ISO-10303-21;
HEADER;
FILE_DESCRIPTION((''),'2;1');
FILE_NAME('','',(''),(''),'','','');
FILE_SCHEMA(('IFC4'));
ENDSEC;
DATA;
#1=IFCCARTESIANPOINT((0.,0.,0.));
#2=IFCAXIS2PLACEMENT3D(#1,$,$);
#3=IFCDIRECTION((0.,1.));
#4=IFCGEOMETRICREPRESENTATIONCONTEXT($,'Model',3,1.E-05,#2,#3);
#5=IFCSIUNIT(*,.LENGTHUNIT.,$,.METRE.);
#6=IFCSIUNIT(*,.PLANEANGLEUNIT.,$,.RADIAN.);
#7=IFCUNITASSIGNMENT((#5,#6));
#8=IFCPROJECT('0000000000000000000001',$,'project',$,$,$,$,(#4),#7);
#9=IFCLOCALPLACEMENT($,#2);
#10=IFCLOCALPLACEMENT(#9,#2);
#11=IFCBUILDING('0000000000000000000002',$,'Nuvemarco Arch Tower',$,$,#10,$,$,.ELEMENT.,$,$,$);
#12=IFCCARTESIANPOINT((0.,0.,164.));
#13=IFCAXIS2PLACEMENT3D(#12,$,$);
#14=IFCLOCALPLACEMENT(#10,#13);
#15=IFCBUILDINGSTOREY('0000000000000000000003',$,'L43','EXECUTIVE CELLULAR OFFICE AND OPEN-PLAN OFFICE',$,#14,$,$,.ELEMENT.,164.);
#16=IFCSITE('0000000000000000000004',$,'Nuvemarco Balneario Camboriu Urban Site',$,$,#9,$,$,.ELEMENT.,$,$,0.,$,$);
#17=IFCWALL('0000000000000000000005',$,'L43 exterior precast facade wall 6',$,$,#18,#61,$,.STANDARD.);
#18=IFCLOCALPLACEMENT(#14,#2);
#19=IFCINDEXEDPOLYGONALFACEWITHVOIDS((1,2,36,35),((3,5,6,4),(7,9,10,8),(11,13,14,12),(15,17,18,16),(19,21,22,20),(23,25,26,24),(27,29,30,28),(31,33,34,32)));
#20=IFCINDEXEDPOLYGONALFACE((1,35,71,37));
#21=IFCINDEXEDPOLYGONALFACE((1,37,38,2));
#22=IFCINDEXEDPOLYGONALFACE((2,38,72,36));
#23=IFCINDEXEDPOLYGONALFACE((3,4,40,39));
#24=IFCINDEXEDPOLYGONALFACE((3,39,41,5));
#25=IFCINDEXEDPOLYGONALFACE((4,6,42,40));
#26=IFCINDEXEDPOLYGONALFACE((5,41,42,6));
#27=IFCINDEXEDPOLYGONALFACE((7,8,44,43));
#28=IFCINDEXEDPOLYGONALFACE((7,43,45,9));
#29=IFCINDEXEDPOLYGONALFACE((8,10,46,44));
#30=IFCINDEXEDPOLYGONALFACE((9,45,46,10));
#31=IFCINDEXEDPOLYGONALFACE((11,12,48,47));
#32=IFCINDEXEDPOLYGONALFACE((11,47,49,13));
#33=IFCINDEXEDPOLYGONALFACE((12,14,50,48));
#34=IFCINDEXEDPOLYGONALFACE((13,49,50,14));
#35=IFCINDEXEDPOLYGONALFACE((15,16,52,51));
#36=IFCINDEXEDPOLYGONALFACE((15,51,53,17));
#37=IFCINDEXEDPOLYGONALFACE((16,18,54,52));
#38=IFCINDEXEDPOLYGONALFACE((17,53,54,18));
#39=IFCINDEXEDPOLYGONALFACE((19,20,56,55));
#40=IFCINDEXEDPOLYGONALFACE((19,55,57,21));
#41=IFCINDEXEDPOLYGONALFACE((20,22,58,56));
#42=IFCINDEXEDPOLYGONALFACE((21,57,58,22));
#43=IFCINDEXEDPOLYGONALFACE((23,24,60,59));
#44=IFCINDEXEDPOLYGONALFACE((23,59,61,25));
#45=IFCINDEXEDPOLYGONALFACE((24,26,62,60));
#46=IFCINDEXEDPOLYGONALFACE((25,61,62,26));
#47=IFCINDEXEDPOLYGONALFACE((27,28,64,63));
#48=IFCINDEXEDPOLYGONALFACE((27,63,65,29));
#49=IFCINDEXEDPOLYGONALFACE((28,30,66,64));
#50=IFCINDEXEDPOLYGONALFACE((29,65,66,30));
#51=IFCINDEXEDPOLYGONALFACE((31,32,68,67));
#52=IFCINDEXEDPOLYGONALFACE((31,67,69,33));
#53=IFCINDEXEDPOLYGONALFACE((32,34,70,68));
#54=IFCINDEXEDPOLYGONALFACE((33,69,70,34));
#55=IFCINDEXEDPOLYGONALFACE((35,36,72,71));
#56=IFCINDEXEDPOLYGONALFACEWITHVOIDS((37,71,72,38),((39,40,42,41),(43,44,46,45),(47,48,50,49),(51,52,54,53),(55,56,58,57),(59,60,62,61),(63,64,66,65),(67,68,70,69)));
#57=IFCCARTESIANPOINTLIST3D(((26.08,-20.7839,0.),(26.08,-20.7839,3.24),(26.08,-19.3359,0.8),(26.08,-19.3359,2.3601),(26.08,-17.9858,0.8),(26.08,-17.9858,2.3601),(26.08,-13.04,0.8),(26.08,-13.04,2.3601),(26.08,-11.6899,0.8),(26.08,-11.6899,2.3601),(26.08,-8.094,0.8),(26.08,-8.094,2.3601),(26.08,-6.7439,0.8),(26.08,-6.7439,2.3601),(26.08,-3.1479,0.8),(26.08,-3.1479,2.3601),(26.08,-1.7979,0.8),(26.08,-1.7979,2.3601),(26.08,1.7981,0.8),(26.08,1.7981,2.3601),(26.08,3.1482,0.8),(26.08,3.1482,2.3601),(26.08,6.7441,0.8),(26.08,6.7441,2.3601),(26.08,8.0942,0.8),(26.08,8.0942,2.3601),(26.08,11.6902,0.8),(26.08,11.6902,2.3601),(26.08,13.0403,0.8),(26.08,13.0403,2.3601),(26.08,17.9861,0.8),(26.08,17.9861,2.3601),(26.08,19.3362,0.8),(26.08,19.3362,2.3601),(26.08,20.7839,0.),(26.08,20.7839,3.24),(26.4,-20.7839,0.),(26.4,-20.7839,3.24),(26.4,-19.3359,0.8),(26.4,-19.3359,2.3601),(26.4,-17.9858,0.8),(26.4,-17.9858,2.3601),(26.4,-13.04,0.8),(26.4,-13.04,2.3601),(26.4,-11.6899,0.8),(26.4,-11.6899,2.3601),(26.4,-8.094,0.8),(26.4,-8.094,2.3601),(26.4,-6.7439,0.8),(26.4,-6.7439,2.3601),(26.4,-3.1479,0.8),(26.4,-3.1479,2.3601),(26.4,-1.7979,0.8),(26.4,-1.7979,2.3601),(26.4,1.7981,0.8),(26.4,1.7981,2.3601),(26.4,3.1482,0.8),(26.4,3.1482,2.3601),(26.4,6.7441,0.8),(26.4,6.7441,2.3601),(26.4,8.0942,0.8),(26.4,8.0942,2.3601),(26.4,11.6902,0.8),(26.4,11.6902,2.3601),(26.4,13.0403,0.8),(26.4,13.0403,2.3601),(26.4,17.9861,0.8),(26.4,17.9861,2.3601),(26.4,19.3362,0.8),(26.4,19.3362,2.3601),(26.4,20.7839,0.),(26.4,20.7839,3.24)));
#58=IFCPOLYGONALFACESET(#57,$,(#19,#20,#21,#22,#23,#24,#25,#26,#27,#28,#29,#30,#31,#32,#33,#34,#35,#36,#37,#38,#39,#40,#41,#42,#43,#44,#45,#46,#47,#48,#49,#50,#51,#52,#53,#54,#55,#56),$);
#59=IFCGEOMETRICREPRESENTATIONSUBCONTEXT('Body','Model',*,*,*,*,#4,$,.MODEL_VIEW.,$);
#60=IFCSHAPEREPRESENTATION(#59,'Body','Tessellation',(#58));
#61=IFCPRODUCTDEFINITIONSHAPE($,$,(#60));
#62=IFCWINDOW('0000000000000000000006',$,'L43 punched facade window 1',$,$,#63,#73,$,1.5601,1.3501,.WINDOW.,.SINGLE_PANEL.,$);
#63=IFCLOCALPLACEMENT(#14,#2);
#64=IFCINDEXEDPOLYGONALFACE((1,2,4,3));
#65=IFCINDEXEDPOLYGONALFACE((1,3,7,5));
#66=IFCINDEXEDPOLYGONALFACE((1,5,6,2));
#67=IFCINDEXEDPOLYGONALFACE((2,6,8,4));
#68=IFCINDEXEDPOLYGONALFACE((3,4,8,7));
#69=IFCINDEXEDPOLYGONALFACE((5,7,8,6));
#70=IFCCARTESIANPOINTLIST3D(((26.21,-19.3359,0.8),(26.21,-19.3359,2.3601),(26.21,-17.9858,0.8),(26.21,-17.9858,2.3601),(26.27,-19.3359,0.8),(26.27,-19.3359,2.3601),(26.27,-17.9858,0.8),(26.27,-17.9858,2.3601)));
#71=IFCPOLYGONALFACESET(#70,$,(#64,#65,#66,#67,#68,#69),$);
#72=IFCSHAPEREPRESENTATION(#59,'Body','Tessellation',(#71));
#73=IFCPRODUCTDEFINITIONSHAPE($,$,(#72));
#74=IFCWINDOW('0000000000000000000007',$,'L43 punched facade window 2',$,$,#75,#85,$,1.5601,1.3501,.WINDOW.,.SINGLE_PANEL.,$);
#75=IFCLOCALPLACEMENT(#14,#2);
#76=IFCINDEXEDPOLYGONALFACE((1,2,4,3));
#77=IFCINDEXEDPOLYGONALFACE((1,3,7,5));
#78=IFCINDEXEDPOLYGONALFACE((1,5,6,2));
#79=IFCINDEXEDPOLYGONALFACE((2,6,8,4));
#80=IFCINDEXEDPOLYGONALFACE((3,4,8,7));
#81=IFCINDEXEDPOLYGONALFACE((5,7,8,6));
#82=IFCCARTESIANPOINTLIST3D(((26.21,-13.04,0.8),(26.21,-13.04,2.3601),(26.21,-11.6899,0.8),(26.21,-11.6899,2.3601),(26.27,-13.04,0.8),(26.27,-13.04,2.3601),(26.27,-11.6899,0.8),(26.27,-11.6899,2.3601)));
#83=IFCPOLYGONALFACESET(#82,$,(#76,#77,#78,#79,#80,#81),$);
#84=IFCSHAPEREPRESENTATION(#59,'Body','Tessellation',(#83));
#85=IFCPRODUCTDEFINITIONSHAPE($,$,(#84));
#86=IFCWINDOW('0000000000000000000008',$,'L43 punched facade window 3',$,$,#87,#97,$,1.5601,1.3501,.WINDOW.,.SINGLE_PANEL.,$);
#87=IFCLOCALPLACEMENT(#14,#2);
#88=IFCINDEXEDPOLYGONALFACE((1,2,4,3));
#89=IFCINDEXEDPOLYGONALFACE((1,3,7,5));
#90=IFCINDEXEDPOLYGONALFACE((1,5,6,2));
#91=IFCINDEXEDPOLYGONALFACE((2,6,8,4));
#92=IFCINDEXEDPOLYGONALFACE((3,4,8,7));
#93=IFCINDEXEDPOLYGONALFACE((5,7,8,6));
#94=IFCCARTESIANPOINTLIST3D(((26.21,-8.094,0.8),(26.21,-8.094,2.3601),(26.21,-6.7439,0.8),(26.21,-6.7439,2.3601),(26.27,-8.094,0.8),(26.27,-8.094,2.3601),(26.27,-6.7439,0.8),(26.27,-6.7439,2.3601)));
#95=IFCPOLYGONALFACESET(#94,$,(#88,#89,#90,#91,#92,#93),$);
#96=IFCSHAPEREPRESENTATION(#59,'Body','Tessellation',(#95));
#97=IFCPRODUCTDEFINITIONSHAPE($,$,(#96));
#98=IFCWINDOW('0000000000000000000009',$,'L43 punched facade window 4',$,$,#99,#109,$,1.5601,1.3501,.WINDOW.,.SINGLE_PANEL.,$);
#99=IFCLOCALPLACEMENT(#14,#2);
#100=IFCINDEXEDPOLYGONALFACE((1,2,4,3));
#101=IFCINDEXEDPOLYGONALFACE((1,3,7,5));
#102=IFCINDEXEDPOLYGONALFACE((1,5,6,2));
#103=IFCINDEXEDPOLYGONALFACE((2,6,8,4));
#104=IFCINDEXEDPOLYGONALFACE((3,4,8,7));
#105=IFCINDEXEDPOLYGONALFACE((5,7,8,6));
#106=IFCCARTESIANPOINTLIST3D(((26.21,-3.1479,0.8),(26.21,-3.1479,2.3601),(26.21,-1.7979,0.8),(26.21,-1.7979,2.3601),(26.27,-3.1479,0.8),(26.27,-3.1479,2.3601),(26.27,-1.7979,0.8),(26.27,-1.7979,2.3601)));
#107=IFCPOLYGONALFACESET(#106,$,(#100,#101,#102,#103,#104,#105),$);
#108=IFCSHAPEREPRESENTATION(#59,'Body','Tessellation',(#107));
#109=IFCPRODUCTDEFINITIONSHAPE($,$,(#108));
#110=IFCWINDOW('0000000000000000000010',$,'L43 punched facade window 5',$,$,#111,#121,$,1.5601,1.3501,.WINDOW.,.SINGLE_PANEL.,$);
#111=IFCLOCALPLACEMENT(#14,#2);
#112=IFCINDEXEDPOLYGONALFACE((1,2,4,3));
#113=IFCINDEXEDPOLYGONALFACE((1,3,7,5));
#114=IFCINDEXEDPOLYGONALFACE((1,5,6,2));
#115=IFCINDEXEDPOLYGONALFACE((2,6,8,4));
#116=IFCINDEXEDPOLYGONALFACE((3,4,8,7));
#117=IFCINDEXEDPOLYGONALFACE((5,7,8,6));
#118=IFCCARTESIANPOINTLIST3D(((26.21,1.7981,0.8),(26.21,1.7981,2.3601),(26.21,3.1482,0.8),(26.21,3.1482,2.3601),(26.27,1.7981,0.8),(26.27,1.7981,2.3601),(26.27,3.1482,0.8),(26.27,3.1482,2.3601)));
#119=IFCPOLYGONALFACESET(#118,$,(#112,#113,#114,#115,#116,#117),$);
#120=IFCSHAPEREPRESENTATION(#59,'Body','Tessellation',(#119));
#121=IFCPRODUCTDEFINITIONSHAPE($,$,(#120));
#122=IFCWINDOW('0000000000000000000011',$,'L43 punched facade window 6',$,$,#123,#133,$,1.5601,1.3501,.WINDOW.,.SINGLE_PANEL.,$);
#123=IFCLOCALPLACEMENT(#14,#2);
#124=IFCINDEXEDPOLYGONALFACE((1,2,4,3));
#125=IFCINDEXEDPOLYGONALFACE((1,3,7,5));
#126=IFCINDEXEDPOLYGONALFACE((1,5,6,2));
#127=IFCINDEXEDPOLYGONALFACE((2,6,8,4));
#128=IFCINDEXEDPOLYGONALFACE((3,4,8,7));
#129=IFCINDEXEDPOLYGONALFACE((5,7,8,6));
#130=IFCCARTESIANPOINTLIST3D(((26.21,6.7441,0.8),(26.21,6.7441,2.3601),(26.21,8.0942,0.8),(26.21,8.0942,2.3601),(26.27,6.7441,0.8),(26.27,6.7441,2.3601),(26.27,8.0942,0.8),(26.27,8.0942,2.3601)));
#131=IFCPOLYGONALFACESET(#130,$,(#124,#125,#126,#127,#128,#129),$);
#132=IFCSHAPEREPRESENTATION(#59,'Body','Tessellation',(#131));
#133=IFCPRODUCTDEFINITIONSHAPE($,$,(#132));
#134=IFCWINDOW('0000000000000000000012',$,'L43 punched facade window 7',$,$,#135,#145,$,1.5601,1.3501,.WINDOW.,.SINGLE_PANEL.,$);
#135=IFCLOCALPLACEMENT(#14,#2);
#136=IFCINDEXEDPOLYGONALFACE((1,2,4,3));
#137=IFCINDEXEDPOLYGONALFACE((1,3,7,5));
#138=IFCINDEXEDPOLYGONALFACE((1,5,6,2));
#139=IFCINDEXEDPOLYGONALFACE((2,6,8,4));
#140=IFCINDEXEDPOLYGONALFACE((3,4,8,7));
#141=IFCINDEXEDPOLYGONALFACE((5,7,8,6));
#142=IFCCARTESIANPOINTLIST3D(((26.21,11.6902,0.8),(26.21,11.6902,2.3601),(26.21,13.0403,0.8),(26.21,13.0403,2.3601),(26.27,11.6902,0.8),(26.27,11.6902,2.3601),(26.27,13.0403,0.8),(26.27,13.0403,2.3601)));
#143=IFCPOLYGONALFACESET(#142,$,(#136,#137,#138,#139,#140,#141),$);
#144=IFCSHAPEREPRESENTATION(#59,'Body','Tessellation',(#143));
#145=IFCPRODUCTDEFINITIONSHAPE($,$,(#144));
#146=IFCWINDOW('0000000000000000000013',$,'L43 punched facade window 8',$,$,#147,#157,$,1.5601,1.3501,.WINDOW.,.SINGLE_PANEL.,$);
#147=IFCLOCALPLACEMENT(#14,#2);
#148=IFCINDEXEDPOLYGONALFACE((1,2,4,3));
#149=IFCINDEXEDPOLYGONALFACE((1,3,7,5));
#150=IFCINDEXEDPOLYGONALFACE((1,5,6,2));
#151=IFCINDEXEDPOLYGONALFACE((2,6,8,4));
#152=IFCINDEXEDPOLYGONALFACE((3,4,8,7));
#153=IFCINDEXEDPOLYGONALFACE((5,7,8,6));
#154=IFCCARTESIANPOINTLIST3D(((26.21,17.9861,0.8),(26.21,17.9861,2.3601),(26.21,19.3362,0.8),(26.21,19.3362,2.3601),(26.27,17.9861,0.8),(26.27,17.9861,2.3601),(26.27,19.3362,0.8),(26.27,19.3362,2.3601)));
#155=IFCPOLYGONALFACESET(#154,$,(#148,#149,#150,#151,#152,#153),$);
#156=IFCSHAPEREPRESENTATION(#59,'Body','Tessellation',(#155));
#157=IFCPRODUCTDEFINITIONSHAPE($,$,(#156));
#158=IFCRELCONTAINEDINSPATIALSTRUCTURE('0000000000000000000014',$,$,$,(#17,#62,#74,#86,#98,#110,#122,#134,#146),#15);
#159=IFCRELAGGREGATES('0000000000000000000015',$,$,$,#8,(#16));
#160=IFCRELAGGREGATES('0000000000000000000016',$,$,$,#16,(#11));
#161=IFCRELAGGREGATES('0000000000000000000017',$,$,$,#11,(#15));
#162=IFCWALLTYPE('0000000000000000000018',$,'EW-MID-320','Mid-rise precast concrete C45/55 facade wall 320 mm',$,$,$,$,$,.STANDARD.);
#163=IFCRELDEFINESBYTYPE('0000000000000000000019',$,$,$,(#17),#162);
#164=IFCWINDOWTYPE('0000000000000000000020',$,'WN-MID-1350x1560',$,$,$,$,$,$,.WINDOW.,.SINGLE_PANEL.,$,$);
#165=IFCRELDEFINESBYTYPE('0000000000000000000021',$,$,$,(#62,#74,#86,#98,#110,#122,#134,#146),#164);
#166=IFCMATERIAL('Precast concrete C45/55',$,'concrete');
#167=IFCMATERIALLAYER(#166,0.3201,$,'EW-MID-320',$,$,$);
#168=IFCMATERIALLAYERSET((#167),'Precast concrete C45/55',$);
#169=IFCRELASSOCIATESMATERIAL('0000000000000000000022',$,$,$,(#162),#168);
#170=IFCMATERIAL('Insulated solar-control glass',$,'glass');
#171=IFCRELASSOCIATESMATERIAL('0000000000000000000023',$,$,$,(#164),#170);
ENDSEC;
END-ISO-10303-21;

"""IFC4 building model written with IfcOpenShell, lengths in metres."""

from ifc_helpers import new_model, si_unit, direction, frame, frame_2d, origin, place, context, subcontext, project, spatial, rectangle, extrude, source, transform, mapped, material, layer, layer_set, type_object, type_shapes, element, fill, save


model = new_model("IFC4")

# Units and contexts
model_context = context("Model", 3, precision=1e-05, world=origin(), true_north=direction((0.0, 1.0)))
body_context = subcontext(model_context, "Body", "Model", "MODEL_VIEW")
ifc_project = project(units=[si_unit("LENGTHUNIT", "METRE"), si_unit("PLANEANGLEUNIT", "RADIAN")], contexts=[model_context])

# Site, building, storey
site_placement = place(None, origin())
site = spatial("IfcSite", under=ifc_project, at=site_placement, Name="Nuvemarco Balneario Camboriu Urban Site", CompositionType="ELEMENT", RefElevation=0.0)
building_placement = place(site_placement, origin())
building = spatial("IfcBuilding", under=site, at=building_placement, Name="Nuvemarco Arch Tower", CompositionType="ELEMENT")
storey_placement = place(building_placement, frame((0.0, 0.0, 164.0)))
storey = spatial("IfcBuildingStorey", under=building, at=storey_placement, Name="L43", Description="EXECUTIVE CELLULAR OFFICE AND OPEN-PLAN OFFICE", CompositionType="ELEMENT", Elevation=164.0)

# Shared definitions
ifc_material_1 = material(Name="Precast concrete C45/55", Category="concrete")

# Shared definitions
ifc_layer_1 = layer(ifc_material_1, 0.3201, Name="EW-MID-320")
ifc_layer_set_1 = layer_set([ifc_layer_1], Name="Precast concrete C45/55")
wall_type_1 = type_object("IfcWallType", Name="EW-MID-320", Description="Mid-rise precast concrete C45/55 facade wall 320 mm", PredefinedType="STANDARD", material=ifc_layer_set_1)

# Wall, openings, windows
wall_1_placement = place(storey_placement, frame((26.24, -20.7839, 0.0), z_axis=(0.0, 0.0, 1.0), x_axis=(0.0, 1.0, 0.0)))
wall_1 = element("IfcWall", 1, at=wall_1_placement, inside=storey, type_object=wall_type_1, Name="L43 exterior precast facade wall 6", PredefinedType="STANDARD", context=body_context, shape_type="SweptSolid", body=[
    extrude(rectangle(XDim=41.5679, YDim=0.3201, at=frame_2d((20.7839, 0.0))), origin(), (0.0, 0.0, 1.0), 3.24),
])
opening_1_placement = place(wall_1_placement, frame((1.448, 0.0, 0.8)))
opening_1 = element("IfcOpeningElement", 2, at=opening_1_placement, cuts=wall_1, PredefinedType="OPENING", context=body_context, shape_type="SweptSolid", body=[
    extrude(rectangle(XDim=1.3501, YDim=1.5601, at=frame_2d((0.675, 0.78))), frame((0.0, 0.1699, 0.0), z_axis=(0.0, -1.0, 0.0), x_axis=(1.0, 0.0, 0.0)), (0.0, 0.0, 1.0), 0.3401),
])
opening_2_placement = place(wall_1_placement, frame((7.7439, 0.0, 0.8)))
opening_2 = element("IfcOpeningElement", 3, at=opening_2_placement, cuts=wall_1, PredefinedType="OPENING", context=body_context, shape_type="SweptSolid", body=[
    extrude(rectangle(XDim=1.3501, YDim=1.5601, at=frame_2d((0.675, 0.78))), frame((0.0, 0.1699, 0.0), z_axis=(0.0, -1.0, 0.0), x_axis=(1.0, 0.0, 0.0)), (0.0, 0.0, 1.0), 0.3401),
])
opening_3_placement = place(wall_1_placement, frame((12.6899, 0.0, 0.8)))
opening_3 = element("IfcOpeningElement", 4, at=opening_3_placement, cuts=wall_1, PredefinedType="OPENING", context=body_context, shape_type="SweptSolid", body=[
    extrude(rectangle(XDim=1.3501, YDim=1.5601, at=frame_2d((0.675, 0.78))), frame((0.0, 0.1699, 0.0), z_axis=(0.0, -1.0, 0.0), x_axis=(1.0, 0.0, 0.0)), (0.0, 0.0, 1.0), 0.3401),
])
opening_4_placement = place(wall_1_placement, frame((17.636, 0.0, 0.8)))
opening_4 = element("IfcOpeningElement", 5, at=opening_4_placement, cuts=wall_1, PredefinedType="OPENING", context=body_context, shape_type="SweptSolid", body=[
    extrude(rectangle(XDim=1.3501, YDim=1.5601, at=frame_2d((0.675, 0.78))), frame((0.0, 0.1699, 0.0), z_axis=(0.0, -1.0, 0.0), x_axis=(1.0, 0.0, 0.0)), (0.0, 0.0, 1.0), 0.3401),
])
opening_5_placement = place(wall_1_placement, frame((22.582, 0.0, 0.8)))
opening_5 = element("IfcOpeningElement", 6, at=opening_5_placement, cuts=wall_1, PredefinedType="OPENING", context=body_context, shape_type="SweptSolid", body=[
    extrude(rectangle(XDim=1.3501, YDim=1.5601, at=frame_2d((0.675, 0.78))), frame((0.0, 0.1699, 0.0), z_axis=(0.0, -1.0, 0.0), x_axis=(1.0, 0.0, 0.0)), (0.0, 0.0, 1.0), 0.3401),
])
opening_6_placement = place(wall_1_placement, frame((27.5281, 0.0, 0.8)))
opening_6 = element("IfcOpeningElement", 7, at=opening_6_placement, cuts=wall_1, PredefinedType="OPENING", context=body_context, shape_type="SweptSolid", body=[
    extrude(rectangle(XDim=1.3501, YDim=1.5601, at=frame_2d((0.675, 0.78))), frame((0.0, 0.1699, 0.0), z_axis=(0.0, -1.0, 0.0), x_axis=(1.0, 0.0, 0.0)), (0.0, 0.0, 1.0), 0.3401),
])
opening_7_placement = place(wall_1_placement, frame((32.4741, 0.0, 0.8)))
opening_7 = element("IfcOpeningElement", 8, at=opening_7_placement, cuts=wall_1, PredefinedType="OPENING", context=body_context, shape_type="SweptSolid", body=[
    extrude(rectangle(XDim=1.3501, YDim=1.5601, at=frame_2d((0.675, 0.78))), frame((0.0, 0.1699, 0.0), z_axis=(0.0, -1.0, 0.0), x_axis=(1.0, 0.0, 0.0)), (0.0, 0.0, 1.0), 0.3401),
])
opening_8_placement = place(wall_1_placement, frame((38.77, 0.0, 0.8)))
opening_8 = element("IfcOpeningElement", 9, at=opening_8_placement, cuts=wall_1, PredefinedType="OPENING", context=body_context, shape_type="SweptSolid", body=[
    extrude(rectangle(XDim=1.3501, YDim=1.5601, at=frame_2d((0.675, 0.78))), frame((0.0, 0.1699, 0.0), z_axis=(0.0, -1.0, 0.0), x_axis=(1.0, 0.0, 0.0)), (0.0, 0.0, 1.0), 0.3401),
])
ifc_material_2 = material(Name="Insulated solar-control glass", Category="glass")
window_type = type_object("IfcWindowType", Name="WN-MID-1350x1560", PartitioningType="SINGLE_PANEL", PredefinedType="WINDOW", material=ifc_material_2)
shared_shape_1 = source(origin(), body_context, "Body", "SweptSolid", [
    extrude(rectangle(XDim=1.3501, YDim=1.5601, at=frame_2d((0.675, 0.78))), frame((0.0, 0.03, 0.0), z_axis=(0.0, -1.0, 0.0), x_axis=(1.0, 0.0, 0.0)), (0.0, 0.0, 1.0), 0.0601),
])
type_shapes(window_type, [shared_shape_1])
window_1_placement = place(opening_1_placement, origin())
window_1 = element("IfcWindow", 10, at=window_1_placement, inside=storey, type_object=window_type, Name="L43 punched facade window 1", OverallHeight=1.5601, OverallWidth=1.3501, PartitioningType="SINGLE_PANEL", PredefinedType="WINDOW", context=body_context, shape_type="MappedRepresentation", body=[
    mapped(shared_shape_1, transform((0.0, 0.0, 0.0), scale=1.0)),
])
fill(opening_1, window_1)
window_2_placement = place(opening_2_placement, origin())
window_2 = element("IfcWindow", 11, at=window_2_placement, inside=storey, type_object=window_type, Name="L43 punched facade window 2", OverallHeight=1.5601, OverallWidth=1.3501, PartitioningType="SINGLE_PANEL", PredefinedType="WINDOW", context=body_context, shape_type="MappedRepresentation", body=[
    mapped(shared_shape_1, transform((0.0, 0.0, 0.0), scale=1.0)),
])
fill(opening_2, window_2)
window_3_placement = place(opening_3_placement, origin())
window_3 = element("IfcWindow", 12, at=window_3_placement, inside=storey, type_object=window_type, Name="L43 punched facade window 3", OverallHeight=1.5601, OverallWidth=1.3501, PartitioningType="SINGLE_PANEL", PredefinedType="WINDOW", context=body_context, shape_type="MappedRepresentation", body=[
    mapped(shared_shape_1, transform((0.0, 0.0, 0.0), scale=1.0)),
])
fill(opening_3, window_3)
window_4_placement = place(opening_4_placement, origin())
window_4 = element("IfcWindow", 13, at=window_4_placement, inside=storey, type_object=window_type, Name="L43 punched facade window 4", OverallHeight=1.5601, OverallWidth=1.3501, PartitioningType="SINGLE_PANEL", PredefinedType="WINDOW", context=body_context, shape_type="MappedRepresentation", body=[
    mapped(shared_shape_1, transform((0.0, 0.0, 0.0), scale=1.0)),
])
fill(opening_4, window_4)
window_5_placement = place(opening_5_placement, origin())
window_5 = element("IfcWindow", 14, at=window_5_placement, inside=storey, type_object=window_type, Name="L43 punched facade window 5", OverallHeight=1.5601, OverallWidth=1.3501, PartitioningType="SINGLE_PANEL", PredefinedType="WINDOW", context=body_context, shape_type="MappedRepresentation", body=[
    mapped(shared_shape_1, transform((0.0, 0.0, 0.0), scale=1.0)),
])
fill(opening_5, window_5)
window_6_placement = place(opening_6_placement, origin())
window_6 = element("IfcWindow", 15, at=window_6_placement, inside=storey, type_object=window_type, Name="L43 punched facade window 6", OverallHeight=1.5601, OverallWidth=1.3501, PartitioningType="SINGLE_PANEL", PredefinedType="WINDOW", context=body_context, shape_type="MappedRepresentation", body=[
    mapped(shared_shape_1, transform((0.0, 0.0, 0.0), scale=1.0)),
])
fill(opening_6, window_6)
window_7_placement = place(opening_7_placement, origin())
window_7 = element("IfcWindow", 16, at=window_7_placement, inside=storey, type_object=window_type, Name="L43 punched facade window 7", OverallHeight=1.5601, OverallWidth=1.3501, PartitioningType="SINGLE_PANEL", PredefinedType="WINDOW", context=body_context, shape_type="MappedRepresentation", body=[
    mapped(shared_shape_1, transform((0.0, 0.0, 0.0), scale=1.0)),
])
fill(opening_7, window_7)
window_8_placement = place(opening_8_placement, origin())
window_8 = element("IfcWindow", 17, at=window_8_placement, inside=storey, type_object=window_type, Name="L43 punched facade window 8", OverallHeight=1.5601, OverallWidth=1.3501, PartitioningType="SINGLE_PANEL", PredefinedType="WINDOW", context=body_context, shape_type="MappedRepresentation", body=[
    mapped(shared_shape_1, transform((0.0, 0.0, 0.0), scale=1.0)),
])
fill(opening_8, window_8)

save(model, "model.ifc")
